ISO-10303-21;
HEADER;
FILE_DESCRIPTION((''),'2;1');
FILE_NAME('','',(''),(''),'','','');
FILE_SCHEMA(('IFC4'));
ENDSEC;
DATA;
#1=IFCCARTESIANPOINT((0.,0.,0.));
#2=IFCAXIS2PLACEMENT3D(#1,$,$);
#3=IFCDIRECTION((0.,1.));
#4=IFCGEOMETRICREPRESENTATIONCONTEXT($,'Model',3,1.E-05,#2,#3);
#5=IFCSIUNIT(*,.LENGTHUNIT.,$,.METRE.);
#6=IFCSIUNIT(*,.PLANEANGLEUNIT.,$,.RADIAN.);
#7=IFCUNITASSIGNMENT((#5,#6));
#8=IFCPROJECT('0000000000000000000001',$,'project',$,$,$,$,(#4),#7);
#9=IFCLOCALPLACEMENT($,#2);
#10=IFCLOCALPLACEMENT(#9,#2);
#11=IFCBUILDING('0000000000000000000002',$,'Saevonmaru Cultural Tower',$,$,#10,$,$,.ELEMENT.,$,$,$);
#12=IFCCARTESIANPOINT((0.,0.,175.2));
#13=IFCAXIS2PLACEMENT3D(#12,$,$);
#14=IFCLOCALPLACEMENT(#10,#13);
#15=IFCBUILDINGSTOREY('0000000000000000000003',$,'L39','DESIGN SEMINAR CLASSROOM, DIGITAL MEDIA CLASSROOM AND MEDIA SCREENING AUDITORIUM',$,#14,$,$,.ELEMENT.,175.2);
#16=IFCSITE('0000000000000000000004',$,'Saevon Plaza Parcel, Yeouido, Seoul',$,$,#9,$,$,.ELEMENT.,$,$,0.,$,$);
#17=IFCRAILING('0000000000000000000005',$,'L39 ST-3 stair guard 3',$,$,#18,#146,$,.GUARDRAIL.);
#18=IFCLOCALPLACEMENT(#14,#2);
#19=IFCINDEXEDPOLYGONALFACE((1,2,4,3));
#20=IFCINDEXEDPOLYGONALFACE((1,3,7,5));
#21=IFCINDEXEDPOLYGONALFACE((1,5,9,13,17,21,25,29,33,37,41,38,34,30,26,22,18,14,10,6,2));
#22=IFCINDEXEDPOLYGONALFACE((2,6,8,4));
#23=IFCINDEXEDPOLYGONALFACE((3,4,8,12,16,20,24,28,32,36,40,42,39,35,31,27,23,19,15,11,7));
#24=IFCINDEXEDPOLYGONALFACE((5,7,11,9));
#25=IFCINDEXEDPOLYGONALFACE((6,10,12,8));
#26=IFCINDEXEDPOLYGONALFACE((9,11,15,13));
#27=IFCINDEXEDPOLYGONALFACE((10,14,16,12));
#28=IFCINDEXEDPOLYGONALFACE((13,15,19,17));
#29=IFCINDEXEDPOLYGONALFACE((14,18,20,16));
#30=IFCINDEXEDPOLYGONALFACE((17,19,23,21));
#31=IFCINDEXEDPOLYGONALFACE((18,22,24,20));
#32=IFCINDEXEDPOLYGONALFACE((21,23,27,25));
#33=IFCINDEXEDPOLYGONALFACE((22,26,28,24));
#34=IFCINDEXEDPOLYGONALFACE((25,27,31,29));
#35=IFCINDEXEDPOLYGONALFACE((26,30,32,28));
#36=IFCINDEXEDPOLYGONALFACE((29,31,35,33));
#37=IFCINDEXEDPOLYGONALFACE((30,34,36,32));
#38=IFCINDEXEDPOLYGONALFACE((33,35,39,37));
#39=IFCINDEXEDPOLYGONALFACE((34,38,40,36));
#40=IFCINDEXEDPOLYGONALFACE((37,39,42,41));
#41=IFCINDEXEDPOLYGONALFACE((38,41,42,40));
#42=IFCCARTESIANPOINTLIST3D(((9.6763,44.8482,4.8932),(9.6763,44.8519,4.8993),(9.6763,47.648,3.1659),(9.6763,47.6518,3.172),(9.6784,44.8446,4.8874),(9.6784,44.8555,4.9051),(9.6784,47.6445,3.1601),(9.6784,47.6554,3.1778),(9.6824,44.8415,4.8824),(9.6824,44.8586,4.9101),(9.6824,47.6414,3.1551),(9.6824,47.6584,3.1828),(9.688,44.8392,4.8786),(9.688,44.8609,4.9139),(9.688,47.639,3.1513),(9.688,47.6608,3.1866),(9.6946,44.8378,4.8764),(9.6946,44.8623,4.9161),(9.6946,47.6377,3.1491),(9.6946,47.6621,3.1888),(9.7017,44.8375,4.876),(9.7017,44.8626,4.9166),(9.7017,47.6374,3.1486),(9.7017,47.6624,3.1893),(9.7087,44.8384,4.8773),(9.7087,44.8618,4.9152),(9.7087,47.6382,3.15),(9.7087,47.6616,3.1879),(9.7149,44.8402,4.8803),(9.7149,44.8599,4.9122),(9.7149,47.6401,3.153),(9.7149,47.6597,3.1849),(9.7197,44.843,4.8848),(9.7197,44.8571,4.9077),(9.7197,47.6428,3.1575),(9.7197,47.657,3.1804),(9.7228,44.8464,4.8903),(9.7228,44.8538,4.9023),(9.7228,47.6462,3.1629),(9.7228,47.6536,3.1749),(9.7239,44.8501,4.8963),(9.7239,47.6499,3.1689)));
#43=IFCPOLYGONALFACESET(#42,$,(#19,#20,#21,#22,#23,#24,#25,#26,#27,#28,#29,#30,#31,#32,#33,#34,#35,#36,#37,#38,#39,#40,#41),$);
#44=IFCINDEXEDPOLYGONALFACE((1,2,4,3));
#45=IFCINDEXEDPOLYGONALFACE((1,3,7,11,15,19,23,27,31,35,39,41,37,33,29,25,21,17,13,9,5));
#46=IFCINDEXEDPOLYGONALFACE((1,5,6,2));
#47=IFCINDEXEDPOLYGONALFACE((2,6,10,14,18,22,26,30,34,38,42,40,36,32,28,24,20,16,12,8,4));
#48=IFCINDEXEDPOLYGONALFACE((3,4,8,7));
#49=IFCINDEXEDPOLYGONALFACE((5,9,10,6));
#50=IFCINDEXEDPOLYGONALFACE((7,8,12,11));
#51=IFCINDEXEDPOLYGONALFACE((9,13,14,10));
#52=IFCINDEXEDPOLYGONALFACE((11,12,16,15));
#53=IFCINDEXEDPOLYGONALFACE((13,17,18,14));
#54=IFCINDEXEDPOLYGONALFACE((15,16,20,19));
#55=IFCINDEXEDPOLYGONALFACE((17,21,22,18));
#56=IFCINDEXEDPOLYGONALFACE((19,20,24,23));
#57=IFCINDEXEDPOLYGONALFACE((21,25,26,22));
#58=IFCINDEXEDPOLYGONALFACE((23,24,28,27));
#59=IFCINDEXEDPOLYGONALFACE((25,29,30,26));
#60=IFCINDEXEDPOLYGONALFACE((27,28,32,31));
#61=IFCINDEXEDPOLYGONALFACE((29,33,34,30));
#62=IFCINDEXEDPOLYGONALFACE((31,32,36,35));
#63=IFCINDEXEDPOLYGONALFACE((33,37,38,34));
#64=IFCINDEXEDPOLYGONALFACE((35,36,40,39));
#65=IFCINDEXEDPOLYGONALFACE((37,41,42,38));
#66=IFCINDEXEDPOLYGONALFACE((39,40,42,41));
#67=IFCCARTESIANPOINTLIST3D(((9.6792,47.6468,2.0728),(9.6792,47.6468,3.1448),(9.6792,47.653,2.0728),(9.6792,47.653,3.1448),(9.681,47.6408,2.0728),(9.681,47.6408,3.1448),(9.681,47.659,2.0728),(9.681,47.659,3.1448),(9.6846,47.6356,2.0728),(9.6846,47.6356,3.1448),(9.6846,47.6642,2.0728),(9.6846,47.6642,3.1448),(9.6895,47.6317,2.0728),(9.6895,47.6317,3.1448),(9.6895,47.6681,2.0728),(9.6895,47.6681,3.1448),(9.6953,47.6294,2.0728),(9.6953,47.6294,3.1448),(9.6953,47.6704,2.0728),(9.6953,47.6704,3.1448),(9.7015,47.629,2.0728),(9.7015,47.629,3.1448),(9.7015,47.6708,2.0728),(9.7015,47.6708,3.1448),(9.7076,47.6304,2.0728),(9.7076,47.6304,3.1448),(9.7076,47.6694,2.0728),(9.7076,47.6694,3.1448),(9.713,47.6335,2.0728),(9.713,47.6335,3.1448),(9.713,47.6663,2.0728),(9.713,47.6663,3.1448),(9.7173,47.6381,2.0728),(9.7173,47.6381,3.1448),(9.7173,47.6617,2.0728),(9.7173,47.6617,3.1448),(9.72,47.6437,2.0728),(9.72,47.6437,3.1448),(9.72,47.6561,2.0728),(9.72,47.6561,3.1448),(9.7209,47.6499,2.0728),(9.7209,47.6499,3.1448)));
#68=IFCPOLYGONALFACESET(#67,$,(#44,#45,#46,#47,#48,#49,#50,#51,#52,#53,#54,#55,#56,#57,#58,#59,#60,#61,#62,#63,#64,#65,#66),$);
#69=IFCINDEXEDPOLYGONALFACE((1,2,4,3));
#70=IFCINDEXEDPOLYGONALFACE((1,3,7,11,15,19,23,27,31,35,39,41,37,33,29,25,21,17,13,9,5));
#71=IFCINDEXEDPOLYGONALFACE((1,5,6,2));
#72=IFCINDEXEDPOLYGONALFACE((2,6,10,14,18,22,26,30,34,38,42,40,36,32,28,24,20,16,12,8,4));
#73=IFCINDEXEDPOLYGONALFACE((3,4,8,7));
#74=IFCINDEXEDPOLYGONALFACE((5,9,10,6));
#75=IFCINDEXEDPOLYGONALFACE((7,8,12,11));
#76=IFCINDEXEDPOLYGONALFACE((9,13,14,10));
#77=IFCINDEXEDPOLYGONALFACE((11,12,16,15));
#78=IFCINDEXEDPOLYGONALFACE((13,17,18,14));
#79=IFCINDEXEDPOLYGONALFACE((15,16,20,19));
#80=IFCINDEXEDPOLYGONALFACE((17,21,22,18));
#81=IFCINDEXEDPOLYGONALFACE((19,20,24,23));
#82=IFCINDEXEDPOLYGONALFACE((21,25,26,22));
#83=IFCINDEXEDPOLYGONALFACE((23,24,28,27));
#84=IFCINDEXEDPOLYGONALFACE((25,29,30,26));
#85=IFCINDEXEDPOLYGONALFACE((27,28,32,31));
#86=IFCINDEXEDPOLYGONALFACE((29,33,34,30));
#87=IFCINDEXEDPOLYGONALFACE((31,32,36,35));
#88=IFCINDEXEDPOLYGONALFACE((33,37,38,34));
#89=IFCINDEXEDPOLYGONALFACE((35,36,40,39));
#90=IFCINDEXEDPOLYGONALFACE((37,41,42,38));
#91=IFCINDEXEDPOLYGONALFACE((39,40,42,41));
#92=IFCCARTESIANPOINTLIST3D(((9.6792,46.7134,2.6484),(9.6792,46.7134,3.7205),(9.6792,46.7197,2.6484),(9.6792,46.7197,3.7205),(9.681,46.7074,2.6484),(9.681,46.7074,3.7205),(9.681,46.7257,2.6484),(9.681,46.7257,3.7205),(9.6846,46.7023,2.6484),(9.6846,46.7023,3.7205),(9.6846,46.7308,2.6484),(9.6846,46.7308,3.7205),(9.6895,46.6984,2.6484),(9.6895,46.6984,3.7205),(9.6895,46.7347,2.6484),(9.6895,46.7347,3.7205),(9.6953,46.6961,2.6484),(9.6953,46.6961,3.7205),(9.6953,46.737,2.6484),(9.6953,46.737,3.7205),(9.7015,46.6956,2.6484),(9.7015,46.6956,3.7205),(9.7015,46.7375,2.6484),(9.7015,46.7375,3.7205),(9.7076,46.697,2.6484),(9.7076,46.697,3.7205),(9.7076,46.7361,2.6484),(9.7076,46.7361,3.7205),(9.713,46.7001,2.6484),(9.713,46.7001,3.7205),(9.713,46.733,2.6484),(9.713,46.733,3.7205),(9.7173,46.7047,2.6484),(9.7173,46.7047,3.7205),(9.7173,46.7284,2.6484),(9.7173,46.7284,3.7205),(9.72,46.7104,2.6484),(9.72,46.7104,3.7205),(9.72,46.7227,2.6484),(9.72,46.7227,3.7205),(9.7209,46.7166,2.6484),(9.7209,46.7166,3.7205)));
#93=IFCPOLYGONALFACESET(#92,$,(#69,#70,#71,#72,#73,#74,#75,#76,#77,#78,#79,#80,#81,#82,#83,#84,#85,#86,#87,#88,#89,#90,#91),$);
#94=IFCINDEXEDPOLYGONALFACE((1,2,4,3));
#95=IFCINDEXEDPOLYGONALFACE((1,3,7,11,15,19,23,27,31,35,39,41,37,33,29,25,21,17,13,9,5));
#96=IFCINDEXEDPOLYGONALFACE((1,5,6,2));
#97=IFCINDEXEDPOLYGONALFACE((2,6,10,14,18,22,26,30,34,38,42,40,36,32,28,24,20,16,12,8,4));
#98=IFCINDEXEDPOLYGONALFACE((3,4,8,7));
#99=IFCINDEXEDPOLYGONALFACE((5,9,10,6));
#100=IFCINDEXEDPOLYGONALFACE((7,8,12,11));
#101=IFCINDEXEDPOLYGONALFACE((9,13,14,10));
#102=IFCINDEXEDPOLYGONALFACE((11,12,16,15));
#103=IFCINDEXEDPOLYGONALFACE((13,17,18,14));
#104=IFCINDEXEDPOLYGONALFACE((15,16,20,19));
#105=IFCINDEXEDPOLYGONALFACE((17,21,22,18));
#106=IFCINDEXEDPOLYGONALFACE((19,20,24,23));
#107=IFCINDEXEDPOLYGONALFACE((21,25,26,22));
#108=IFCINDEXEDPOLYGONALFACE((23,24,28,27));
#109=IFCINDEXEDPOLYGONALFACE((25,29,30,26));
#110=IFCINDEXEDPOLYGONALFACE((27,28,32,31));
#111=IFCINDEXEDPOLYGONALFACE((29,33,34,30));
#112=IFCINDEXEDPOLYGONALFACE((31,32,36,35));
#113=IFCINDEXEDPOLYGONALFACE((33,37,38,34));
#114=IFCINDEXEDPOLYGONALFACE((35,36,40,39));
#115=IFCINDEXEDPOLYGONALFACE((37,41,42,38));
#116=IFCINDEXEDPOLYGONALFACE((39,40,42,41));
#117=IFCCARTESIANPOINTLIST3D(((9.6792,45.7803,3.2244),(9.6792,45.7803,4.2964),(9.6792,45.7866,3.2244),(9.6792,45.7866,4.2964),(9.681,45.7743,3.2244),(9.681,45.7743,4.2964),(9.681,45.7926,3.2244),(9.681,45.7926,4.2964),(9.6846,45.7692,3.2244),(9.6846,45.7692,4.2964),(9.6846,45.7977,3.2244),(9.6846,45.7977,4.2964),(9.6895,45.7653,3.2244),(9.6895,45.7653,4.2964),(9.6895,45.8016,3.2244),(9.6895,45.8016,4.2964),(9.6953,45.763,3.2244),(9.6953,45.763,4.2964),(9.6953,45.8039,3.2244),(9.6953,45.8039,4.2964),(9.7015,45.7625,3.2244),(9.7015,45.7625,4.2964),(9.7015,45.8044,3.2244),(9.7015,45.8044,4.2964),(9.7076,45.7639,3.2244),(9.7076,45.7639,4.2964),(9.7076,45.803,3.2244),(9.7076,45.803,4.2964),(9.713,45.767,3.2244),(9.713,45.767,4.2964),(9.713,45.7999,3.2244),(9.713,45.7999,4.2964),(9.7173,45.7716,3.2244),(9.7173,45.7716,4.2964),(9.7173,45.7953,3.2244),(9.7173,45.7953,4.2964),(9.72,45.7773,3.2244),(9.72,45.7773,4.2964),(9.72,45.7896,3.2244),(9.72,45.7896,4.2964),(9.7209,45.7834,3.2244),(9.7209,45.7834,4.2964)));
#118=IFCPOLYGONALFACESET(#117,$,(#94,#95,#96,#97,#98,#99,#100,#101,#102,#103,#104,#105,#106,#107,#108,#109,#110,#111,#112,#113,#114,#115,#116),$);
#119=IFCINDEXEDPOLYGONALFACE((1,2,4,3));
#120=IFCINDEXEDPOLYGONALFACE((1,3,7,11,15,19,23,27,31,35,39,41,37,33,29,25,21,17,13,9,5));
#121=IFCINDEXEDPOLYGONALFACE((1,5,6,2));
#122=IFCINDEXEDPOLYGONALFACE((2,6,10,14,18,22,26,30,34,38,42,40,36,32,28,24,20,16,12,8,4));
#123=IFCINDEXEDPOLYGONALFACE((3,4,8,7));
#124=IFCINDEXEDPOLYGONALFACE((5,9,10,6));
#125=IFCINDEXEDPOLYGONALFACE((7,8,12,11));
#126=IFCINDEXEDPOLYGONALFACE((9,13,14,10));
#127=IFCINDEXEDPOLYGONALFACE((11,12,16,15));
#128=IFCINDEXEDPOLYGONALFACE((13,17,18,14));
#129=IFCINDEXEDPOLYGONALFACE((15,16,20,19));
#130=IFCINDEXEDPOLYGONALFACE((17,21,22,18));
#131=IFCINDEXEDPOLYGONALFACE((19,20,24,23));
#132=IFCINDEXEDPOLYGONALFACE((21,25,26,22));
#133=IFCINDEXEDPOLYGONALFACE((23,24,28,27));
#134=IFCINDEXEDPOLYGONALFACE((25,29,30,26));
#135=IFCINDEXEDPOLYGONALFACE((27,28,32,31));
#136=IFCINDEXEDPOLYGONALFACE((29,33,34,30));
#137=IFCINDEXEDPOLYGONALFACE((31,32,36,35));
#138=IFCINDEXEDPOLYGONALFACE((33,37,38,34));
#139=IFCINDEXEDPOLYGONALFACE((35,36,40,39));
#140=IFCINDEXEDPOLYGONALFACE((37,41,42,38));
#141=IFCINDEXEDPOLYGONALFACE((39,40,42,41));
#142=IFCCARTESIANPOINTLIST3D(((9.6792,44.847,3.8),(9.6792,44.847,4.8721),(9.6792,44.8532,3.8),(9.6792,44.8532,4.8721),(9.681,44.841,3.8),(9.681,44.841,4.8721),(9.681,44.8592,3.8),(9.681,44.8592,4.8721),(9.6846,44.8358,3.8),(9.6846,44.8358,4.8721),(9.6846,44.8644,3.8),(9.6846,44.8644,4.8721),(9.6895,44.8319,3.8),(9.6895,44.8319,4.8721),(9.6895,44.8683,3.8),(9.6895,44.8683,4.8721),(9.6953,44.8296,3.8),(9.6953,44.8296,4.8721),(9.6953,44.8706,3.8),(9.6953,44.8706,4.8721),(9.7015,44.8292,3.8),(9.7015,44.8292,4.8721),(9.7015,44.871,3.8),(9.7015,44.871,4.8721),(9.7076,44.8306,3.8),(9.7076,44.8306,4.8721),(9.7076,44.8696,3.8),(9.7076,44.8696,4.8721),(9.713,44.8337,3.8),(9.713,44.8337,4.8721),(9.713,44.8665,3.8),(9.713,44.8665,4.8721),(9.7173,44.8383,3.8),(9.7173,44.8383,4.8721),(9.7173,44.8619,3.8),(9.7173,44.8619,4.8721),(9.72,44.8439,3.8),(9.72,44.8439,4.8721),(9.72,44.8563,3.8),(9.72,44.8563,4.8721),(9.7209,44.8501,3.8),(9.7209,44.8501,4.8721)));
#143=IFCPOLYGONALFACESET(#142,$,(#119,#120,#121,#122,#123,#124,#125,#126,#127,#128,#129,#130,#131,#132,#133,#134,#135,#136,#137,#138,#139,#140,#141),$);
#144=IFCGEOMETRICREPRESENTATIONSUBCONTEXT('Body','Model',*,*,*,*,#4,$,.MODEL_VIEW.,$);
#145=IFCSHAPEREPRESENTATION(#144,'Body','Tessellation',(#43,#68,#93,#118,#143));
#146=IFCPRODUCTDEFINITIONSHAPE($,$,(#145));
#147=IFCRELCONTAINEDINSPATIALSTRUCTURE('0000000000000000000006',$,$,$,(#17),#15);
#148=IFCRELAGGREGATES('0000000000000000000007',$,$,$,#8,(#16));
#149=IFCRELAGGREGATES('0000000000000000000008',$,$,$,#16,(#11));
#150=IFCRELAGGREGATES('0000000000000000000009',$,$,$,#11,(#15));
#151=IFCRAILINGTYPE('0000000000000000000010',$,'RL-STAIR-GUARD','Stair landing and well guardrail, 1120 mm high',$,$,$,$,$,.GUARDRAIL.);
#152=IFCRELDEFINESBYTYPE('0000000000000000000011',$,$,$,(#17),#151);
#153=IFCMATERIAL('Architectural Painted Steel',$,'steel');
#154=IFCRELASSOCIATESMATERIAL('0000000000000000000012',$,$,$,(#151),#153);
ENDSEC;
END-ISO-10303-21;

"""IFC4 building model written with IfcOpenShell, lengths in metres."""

from ifc_helpers import new_model, si_unit, direction, frame, origin, origin_2d, place, context, subcontext, project, spatial, circle, extrude, material, type_object, element, save


model = new_model("IFC4")

# Units and contexts
model_context = context("Model", 3, precision=1e-05, world=origin(), true_north=direction((0.0, 1.0)))
body_context = subcontext(model_context, "Body", "Model", "MODEL_VIEW")
ifc_project = project(units=[si_unit("LENGTHUNIT", "METRE"), si_unit("PLANEANGLEUNIT", "RADIAN")], contexts=[model_context])

# Site, building, storey
site_placement = place(None, origin())
site = spatial("IfcSite", under=ifc_project, at=site_placement, Name="Saevon Plaza Parcel, Yeouido, Seoul", CompositionType="ELEMENT", RefElevation=0.0)
building_placement = place(site_placement, origin())
building = spatial("IfcBuilding", under=site, at=building_placement, Name="Saevonmaru Cultural Tower", CompositionType="ELEMENT")
storey_placement = place(building_placement, frame((0.0, 0.0, 175.2)))
storey = spatial("IfcBuildingStorey", under=building, at=storey_placement, Name="L39", Description="DESIGN SEMINAR CLASSROOM, DIGITAL MEDIA CLASSROOM AND MEDIA SCREENING AUDITORIUM", CompositionType="ELEMENT", Elevation=175.2)

# Railing
ifc_material_1 = material(Name="Architectural Painted Steel", Category="steel")
railing_type_1 = type_object("IfcRailingType", Name="RL-STAIR-GUARD", Description="Stair landing and well guardrail, 1120 mm high", PredefinedType="GUARDRAIL", material=ifc_material_1)
railing_1_placement = place(storey_placement, frame((9.7, 47.6499, 2.0728)))
element("IfcRailing", 1, at=railing_1_placement, inside=storey, type_object=railing_type_1, Name="L39 ST-3 stair guard 3", PredefinedType="GUARDRAIL", context=body_context, shape_type="SweptSolid", body=[
    extrude(circle(Radius=0.0239, at=origin_2d()), frame((0.0, 0.0, 1.0962), z_axis=(0.0, -0.851069, 0.525054), x_axis=(1.0, 0.0, 0.0)), (0.0, 0.0, 1.0), 3.2898),
    extrude(circle(Radius=0.021, at=origin_2d()), origin(), (0.0, 0.0, 1.0), 1.072),
    extrude(circle(Radius=0.021, at=origin_2d()), frame((0.0, -0.9333, 0.5757)), (0.0, 0.0, 1.0), 1.072),
    extrude(circle(Radius=0.021, at=origin_2d()), frame((0.0, -1.8665, 1.1516)), (0.0, 0.0, 1.0), 1.072),
    extrude(circle(Radius=0.021, at=origin_2d()), frame((0.0, -2.7998, 1.7273)), (0.0, 0.0, 1.0), 1.072),
])

save(model, "model.ifc")
